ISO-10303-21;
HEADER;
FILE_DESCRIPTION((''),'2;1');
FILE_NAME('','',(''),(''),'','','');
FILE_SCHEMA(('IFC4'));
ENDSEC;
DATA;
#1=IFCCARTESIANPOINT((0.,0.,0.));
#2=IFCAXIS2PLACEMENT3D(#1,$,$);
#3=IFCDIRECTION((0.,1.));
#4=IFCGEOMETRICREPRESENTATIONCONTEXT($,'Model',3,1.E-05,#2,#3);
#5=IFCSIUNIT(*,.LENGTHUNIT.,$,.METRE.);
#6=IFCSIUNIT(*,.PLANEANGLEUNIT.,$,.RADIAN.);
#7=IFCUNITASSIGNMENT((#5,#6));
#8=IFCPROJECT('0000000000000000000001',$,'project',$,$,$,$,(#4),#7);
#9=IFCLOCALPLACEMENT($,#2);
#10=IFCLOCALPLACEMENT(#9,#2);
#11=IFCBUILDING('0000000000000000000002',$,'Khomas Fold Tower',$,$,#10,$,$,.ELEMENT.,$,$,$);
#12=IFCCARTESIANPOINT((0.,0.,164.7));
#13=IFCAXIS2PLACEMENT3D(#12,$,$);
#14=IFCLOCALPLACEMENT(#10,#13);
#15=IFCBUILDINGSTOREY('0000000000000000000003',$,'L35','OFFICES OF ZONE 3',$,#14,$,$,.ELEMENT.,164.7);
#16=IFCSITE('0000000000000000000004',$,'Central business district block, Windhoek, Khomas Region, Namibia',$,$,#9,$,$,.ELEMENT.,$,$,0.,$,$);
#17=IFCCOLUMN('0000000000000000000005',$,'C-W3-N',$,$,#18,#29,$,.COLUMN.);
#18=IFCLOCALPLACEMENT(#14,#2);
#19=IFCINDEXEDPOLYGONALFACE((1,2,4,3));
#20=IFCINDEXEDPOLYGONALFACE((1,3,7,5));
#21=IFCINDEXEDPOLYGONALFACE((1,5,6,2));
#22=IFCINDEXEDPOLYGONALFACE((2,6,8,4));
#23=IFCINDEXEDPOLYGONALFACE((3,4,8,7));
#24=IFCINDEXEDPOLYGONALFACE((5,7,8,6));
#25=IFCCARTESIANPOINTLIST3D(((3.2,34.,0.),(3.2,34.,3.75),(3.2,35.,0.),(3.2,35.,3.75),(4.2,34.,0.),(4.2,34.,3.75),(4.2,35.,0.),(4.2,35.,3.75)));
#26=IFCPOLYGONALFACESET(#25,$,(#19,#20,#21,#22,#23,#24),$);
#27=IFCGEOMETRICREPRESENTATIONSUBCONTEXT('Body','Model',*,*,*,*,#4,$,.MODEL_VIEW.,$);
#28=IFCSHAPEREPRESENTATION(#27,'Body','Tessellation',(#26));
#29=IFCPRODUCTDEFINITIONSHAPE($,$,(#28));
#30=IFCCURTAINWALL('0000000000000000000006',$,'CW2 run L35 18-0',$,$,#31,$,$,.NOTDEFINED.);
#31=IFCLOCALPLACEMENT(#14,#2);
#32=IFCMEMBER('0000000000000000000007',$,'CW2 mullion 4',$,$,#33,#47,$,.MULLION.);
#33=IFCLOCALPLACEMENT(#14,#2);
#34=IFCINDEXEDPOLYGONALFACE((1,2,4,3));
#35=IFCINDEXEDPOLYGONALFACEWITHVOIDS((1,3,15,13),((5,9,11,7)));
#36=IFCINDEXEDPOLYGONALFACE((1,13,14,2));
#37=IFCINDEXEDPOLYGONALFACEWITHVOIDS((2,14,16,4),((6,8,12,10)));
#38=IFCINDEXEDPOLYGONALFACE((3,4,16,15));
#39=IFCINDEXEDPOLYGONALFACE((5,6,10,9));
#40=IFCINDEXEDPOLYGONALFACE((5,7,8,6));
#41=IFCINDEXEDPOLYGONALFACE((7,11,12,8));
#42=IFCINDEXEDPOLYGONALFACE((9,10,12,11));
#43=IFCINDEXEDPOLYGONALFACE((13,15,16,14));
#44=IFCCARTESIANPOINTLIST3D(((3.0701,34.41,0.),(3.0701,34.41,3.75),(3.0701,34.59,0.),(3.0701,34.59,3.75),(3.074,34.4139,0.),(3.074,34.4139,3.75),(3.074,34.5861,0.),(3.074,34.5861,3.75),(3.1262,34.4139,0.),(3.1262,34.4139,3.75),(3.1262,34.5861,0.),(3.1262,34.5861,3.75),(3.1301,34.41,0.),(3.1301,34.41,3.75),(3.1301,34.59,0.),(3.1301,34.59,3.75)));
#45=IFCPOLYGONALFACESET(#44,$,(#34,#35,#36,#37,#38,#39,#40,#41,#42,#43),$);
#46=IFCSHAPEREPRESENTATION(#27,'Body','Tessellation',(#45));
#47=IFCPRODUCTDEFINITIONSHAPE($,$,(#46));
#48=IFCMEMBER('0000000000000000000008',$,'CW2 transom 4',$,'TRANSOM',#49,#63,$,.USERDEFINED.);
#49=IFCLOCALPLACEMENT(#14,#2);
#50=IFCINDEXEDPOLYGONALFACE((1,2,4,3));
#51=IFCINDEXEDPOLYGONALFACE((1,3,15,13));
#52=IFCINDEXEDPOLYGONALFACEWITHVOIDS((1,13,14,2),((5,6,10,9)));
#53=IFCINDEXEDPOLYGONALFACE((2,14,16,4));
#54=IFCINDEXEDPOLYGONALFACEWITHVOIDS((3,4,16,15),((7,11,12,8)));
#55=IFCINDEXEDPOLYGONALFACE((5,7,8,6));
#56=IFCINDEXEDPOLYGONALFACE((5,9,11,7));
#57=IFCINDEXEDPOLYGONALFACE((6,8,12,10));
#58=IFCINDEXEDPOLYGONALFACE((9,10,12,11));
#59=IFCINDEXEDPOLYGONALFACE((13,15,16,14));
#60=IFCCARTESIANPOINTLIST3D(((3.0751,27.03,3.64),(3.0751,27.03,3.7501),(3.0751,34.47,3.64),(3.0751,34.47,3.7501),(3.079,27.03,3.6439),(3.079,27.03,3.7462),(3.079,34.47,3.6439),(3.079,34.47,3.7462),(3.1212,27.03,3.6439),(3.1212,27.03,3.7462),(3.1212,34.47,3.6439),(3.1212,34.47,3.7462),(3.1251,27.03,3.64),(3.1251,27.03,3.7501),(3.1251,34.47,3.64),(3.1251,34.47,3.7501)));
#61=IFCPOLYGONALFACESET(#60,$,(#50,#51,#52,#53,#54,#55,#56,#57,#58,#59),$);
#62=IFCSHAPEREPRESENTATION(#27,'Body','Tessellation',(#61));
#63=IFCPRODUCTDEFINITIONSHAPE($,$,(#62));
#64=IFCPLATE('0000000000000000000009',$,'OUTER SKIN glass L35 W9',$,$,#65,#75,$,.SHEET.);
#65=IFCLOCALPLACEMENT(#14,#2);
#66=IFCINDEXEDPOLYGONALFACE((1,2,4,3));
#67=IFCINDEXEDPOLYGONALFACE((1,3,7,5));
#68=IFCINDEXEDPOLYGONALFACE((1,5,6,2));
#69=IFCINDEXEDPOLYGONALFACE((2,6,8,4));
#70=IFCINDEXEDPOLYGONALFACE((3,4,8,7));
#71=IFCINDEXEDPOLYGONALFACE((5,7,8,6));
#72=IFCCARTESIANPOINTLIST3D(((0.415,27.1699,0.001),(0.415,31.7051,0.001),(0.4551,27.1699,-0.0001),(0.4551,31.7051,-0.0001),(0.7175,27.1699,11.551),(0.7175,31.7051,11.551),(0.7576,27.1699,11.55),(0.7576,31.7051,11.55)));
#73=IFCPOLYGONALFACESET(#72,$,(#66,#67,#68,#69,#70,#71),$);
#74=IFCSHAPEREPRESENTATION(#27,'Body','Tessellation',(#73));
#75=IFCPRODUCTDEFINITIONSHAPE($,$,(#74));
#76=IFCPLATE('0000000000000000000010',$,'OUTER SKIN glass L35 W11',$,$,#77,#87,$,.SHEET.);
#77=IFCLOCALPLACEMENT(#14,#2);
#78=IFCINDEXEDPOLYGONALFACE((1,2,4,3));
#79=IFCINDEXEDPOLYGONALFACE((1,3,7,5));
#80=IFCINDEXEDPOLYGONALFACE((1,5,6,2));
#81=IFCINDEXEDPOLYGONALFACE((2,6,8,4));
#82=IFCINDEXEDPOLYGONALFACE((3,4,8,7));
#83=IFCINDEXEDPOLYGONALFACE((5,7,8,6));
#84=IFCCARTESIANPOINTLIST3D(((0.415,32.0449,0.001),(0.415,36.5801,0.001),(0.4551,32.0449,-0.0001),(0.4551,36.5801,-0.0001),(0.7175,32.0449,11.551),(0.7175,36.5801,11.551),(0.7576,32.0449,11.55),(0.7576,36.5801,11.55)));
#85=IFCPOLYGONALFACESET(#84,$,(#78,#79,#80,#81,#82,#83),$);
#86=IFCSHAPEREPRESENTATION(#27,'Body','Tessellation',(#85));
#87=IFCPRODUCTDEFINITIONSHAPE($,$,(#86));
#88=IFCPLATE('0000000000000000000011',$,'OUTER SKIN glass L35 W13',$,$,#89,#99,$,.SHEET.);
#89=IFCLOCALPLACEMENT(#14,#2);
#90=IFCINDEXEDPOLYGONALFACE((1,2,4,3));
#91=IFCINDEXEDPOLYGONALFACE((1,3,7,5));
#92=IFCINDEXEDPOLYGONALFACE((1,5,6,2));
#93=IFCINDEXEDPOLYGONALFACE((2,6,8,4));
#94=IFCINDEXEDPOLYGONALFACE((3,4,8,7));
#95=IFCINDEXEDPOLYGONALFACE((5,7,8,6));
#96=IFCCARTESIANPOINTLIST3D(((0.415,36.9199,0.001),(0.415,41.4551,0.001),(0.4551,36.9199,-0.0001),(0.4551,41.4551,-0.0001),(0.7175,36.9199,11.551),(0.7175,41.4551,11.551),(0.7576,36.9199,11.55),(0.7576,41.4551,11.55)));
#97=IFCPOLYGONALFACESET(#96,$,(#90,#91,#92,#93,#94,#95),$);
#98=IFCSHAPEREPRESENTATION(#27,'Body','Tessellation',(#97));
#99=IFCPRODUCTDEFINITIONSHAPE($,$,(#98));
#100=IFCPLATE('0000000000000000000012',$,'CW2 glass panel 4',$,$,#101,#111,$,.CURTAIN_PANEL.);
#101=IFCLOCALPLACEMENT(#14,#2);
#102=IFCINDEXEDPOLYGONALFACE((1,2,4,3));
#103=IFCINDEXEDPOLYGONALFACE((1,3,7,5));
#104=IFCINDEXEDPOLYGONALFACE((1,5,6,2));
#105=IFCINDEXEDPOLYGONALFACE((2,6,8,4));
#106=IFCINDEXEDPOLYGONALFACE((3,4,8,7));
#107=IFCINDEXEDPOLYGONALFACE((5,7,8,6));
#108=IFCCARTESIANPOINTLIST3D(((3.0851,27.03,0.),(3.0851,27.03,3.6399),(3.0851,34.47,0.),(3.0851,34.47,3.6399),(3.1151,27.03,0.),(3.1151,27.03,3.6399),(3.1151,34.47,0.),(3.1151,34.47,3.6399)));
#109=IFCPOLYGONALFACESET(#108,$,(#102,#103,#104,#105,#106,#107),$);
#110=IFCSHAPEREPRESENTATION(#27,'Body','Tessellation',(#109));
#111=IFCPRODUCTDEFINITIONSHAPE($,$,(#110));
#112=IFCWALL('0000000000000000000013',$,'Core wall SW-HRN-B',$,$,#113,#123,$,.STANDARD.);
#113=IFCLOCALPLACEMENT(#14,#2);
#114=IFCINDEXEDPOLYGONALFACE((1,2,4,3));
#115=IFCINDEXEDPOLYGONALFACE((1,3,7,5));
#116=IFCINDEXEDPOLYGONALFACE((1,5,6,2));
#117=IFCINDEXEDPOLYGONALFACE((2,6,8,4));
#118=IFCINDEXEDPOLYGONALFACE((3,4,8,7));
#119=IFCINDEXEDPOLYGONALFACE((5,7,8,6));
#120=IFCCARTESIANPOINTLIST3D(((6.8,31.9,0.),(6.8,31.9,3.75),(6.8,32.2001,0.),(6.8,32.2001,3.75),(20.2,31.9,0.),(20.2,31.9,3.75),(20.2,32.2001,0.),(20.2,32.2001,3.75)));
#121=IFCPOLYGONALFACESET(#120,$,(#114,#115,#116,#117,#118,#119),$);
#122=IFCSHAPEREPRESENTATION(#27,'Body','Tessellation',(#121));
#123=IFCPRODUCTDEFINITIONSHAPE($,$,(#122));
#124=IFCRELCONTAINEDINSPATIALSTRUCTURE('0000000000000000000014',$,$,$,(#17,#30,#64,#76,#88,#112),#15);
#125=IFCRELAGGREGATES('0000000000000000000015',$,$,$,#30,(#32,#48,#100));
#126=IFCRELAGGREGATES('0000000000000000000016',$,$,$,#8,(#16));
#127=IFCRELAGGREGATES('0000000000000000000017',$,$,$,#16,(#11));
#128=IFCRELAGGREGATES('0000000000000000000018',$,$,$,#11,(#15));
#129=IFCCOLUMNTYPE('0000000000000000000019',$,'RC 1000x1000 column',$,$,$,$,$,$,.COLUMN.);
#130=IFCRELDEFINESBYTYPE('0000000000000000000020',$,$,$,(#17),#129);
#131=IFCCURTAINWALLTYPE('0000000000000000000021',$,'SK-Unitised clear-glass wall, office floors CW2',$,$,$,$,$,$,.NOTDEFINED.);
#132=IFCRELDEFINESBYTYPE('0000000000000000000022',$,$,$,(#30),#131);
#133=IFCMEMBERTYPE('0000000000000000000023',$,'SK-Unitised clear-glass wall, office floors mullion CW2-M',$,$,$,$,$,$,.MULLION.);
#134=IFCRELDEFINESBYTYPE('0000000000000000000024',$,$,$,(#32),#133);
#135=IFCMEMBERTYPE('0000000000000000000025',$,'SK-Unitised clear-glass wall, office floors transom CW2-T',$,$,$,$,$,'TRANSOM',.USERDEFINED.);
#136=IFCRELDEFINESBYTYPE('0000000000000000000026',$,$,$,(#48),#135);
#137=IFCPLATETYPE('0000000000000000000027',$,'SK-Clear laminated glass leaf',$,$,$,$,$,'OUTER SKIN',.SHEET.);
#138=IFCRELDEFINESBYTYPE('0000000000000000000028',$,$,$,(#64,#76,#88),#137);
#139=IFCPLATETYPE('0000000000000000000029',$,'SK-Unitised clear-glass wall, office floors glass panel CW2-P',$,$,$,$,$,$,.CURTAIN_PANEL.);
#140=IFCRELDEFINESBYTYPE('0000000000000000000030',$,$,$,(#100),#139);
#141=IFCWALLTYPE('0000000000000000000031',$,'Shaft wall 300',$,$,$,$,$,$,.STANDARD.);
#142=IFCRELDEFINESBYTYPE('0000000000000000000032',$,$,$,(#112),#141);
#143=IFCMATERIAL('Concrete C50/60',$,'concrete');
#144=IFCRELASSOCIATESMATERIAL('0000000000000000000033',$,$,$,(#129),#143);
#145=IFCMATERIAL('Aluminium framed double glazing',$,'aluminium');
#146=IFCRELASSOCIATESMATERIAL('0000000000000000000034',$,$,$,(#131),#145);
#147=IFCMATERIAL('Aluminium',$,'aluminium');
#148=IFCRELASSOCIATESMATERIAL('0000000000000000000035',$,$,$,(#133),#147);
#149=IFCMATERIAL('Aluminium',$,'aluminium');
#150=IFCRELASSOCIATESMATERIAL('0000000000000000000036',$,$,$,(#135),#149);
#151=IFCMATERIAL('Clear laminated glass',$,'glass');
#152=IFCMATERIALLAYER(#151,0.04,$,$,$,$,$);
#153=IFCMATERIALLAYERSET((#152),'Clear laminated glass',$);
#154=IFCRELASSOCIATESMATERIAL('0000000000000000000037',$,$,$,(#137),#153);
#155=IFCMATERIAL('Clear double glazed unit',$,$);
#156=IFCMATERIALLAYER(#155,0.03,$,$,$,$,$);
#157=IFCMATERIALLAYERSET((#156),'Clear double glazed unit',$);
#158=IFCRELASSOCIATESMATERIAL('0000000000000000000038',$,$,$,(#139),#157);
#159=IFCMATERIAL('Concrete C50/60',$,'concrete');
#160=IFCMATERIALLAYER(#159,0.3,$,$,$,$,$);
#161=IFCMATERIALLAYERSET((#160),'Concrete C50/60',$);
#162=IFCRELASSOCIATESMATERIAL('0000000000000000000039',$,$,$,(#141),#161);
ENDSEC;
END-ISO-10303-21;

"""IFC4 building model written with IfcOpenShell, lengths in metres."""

from ifc_helpers import new_model, si_unit, direction, frame, frame_2d, origin, origin_2d, place, context, subcontext, project, spatial, polyline, rectangle, hollow_rectangle, outline, extrude, source, transform, mapped, material, layer, layer_set, material_profile, profile_set, type_object, element, aggregate, save


model = new_model("IFC4")

# Units and contexts
model_context = context("Model", 3, precision=1e-05, world=origin(), true_north=direction((0.0, 1.0)))
body_context = subcontext(model_context, "Body", "Model", "MODEL_VIEW")
ifc_project = project(units=[si_unit("LENGTHUNIT", "METRE"), si_unit("PLANEANGLEUNIT", "RADIAN")], contexts=[model_context])

# Site, building, storey
site_placement = place(None, origin())
site = spatial("IfcSite", under=ifc_project, at=site_placement, Name="Central business district block, Windhoek, Khomas Region, Namibia", CompositionType="ELEMENT", RefElevation=0.0)
building_placement = place(site_placement, origin())
building = spatial("IfcBuilding", under=site, at=building_placement, Name="Khomas Fold Tower", CompositionType="ELEMENT")
storey_placement = place(building_placement, frame((0.0, 0.0, 164.7)))
storey = spatial("IfcBuildingStorey", under=building, at=storey_placement, Name="L35", Description="OFFICES OF ZONE 3", CompositionType="ELEMENT", Elevation=164.7)

# Column
ifc_material_1 = material(Name="Concrete C50/60", Category="concrete")
ifc_material_profile_1 = material_profile(ifc_material_1, rectangle(XDim=1.0, YDim=1.0, at=origin_2d()), Name="RC 1000x1000")
ifc_profile_set_1 = profile_set([ifc_material_profile_1], Name="Concrete C50/60")
column_type = type_object("IfcColumnType", Name="RC 1000x1000 column", PredefinedType="COLUMN", material=ifc_profile_set_1)
shared_shape_1 = source(origin(), body_context, "Body", "SweptSolid", [
    extrude(rectangle(XDim=1.0, YDim=1.0, at=origin_2d()), origin(), (0.0, 0.0, 1.0), 3.75),
])
column_placement = place(storey_placement, frame((3.7, 34.5, 0.0), z_axis=(0.0, 0.0, 1.0), x_axis=(1.0, 0.0, 0.0)))
element("IfcColumn", 1, at=column_placement, inside=storey, type_object=column_type, Name="C-W3-N", PredefinedType="COLUMN", context=body_context, shape_type="MappedRepresentation", body=[
    mapped(shared_shape_1, transform((0.0, 0.0, 0.0))),
])

# Curtain wall, members
ifc_material_2 = material(Name="Aluminium framed double glazing", Category="aluminium")
curtain_wall_type = type_object("IfcCurtainWallType", Name="SK-Unitised clear-glass wall, office floors CW2", PredefinedType="NOTDEFINED", material=ifc_material_2)
curtain_wall_placement = place(storey_placement, origin())
curtain_wall = element("IfcCurtainWall", 2, at=curtain_wall_placement, inside=storey, type_object=curtain_wall_type, Name="CW2 run L35 18-0", PredefinedType="NOTDEFINED")
ifc_material_3 = material(Name="Aluminium", Category="aluminium")
ifc_material_profile_2 = material_profile(ifc_material_3, hollow_rectangle(XDim=0.0601, YDim=0.1799, WallThickness=0.0039, at=origin_2d()), Name="SK-Unitised clear-glass wall, office floors mullion CW2-M")
ifc_profile_set_2 = profile_set([ifc_material_profile_2], Name="Aluminium")
member_type_1 = type_object("IfcMemberType", Name="SK-Unitised clear-glass wall, office floors mullion CW2-M", PredefinedType="MULLION", material=ifc_profile_set_2)
shared_shape_2 = source(origin(), body_context, "Body", "SweptSolid", [
    extrude(hollow_rectangle(XDim=0.0601, YDim=0.1799, WallThickness=0.0039, at=origin_2d()), origin(), (0.0, 0.0, 1.0), 3.75),
])
member_1_placement = place(storey_placement, frame((3.1001, 34.5, 0.0), z_axis=(0.0, 0.0, 1.0), x_axis=(1.0, 0.0, 0.0)))
member_1 = element("IfcMember", 3, at=member_1_placement, type_object=member_type_1, Name="CW2 mullion 4", PredefinedType="MULLION", context=body_context, shape_type="MappedRepresentation", body=[
    mapped(shared_shape_2, transform((0.0, 0.0, 0.0))),
])
ifc_material_4 = material(Name="Aluminium", Category="aluminium")
ifc_material_profile_3 = material_profile(ifc_material_4, hollow_rectangle(XDim=0.05, YDim=0.1101, WallThickness=0.0039, at=origin_2d()), Name="SK-Unitised clear-glass wall, office floors transom CW2-T")
ifc_profile_set_3 = profile_set([ifc_material_profile_3], Name="Aluminium")
member_type_2 = type_object("IfcMemberType", Name="SK-Unitised clear-glass wall, office floors transom CW2-T", ElementType="TRANSOM", PredefinedType="USERDEFINED", material=ifc_profile_set_3)
shared_shape_3 = source(origin(), body_context, "Body", "SweptSolid", [
    extrude(hollow_rectangle(XDim=0.05, YDim=0.1101, WallThickness=0.0039, at=origin_2d()), origin(), (0.0, 0.0, 1.0), 7.4399),
])
member_2_placement = place(storey_placement, frame((3.1001, 34.47, 3.6951), z_axis=(0.0, -1.0, 0.0), x_axis=(1.0, 0.0, 0.0)))
member_2 = element("IfcMember", 4, at=member_2_placement, type_object=member_type_2, Name="CW2 transom 4", ObjectType="TRANSOM", PredefinedType="USERDEFINED", context=body_context, shape_type="MappedRepresentation", body=[
    mapped(shared_shape_3, transform((0.0, 0.0, 0.0))),
])

# Plates
ifc_material_5 = material(Name="Clear laminated glass", Category="glass")
ifc_layer_1 = layer(ifc_material_5, 0.04)
ifc_layer_set_1 = layer_set([ifc_layer_1], Name="Clear laminated glass")
plate_type_1 = type_object("IfcPlateType", Name="SK-Clear laminated glass leaf", ElementType="OUTER SKIN", PredefinedType="SHEET", material=ifc_layer_set_1)
for number, where, z_axis, x_axis, name in (
    (5, (0.415, 27.1699, 0.001), (-0.999657, 0.0, 0.026181), (0.0, 1.0, 0.0), "OUTER SKIN glass L35 W9"),
    (6, (0.415, 32.0449, 0.001), (-0.999657, 0.0, 0.026181), (0.0, 1.0, 0.0), "OUTER SKIN glass L35 W11"),
    (7, (0.415, 36.9199, 0.001), (-0.999657, 0.0, 0.026181), (0.0, 1.0, 0.0), "OUTER SKIN glass L35 W13"),
):
    element("IfcPlate", number, at=place(storey_placement, frame(where, z_axis=z_axis, x_axis=x_axis)), inside=storey, type_object=plate_type_1, Name=name, PredefinedType="SHEET", context=body_context, shape_type="SweptSolid", body=[
        extrude(outline(polyline([(0.0, 0.0), (4.5352, 0.0), (4.5352, -11.554), (0.0, -11.554), (0.0, 0.0)])), origin(), (0.0, 0.0, -1.0), 0.04),
    ])

# Plate
ifc_material_6 = material(Name="Clear double glazed unit")
ifc_layer_2 = layer(ifc_material_6, 0.03)
ifc_layer_set_2 = layer_set([ifc_layer_2], Name="Clear double glazed unit")
plate_type_2 = type_object("IfcPlateType", Name="SK-Unitised clear-glass wall, office floors glass panel CW2-P", PredefinedType="CURTAIN_PANEL", material=ifc_layer_set_2)
shared_shape_4 = source(origin(), body_context, "Body", "SweptSolid", [
    extrude(rectangle(XDim=7.4399, YDim=0.03, at=origin_2d()), origin(), (0.0, 0.0, 1.0), 3.6399),
])
plate_placement = place(storey_placement, frame((3.1001, 30.75, 0.0), z_axis=(0.0, 0.0, 1.0), x_axis=(0.0, -1.0, 0.0)))
plate = element("IfcPlate", 8, at=plate_placement, type_object=plate_type_2, Name="CW2 glass panel 4", PredefinedType="CURTAIN_PANEL", context=body_context, shape_type="MappedRepresentation", body=[
    mapped(shared_shape_4, transform((0.0, 0.0, 0.0))),
])
aggregate(curtain_wall, [member_1, member_2, plate])

# Wall
ifc_material_7 = material(Name="Concrete C50/60", Category="concrete")
ifc_layer_3 = layer(ifc_material_7, 0.3)
ifc_layer_set_3 = layer_set([ifc_layer_3], Name="Concrete C50/60")
wall_type_1 = type_object("IfcWallType", Name="Shaft wall 300", PredefinedType="STANDARD", material=ifc_layer_set_3)
shared_shape_5 = source(origin(), body_context, "Body", "SweptSolid", [
    extrude(rectangle(XDim=13.3999, YDim=0.3, at=frame_2d((6.7, 0.0))), origin(), (0.0, 0.0, 1.0), 3.75),
])
wall_1_placement = place(storey_placement, frame((6.8, 32.05, 0.0), z_axis=(0.0, 0.0, 1.0), x_axis=(1.0, 0.0, 0.0)))
element("IfcWall", 9, at=wall_1_placement, inside=storey, type_object=wall_type_1, Name="Core wall SW-HRN-B", PredefinedType="STANDARD", context=body_context, shape_type="MappedRepresentation", body=[
    mapped(shared_shape_5, transform((0.0, 0.0, 0.0))),
])

save(model, "model.ifc")
